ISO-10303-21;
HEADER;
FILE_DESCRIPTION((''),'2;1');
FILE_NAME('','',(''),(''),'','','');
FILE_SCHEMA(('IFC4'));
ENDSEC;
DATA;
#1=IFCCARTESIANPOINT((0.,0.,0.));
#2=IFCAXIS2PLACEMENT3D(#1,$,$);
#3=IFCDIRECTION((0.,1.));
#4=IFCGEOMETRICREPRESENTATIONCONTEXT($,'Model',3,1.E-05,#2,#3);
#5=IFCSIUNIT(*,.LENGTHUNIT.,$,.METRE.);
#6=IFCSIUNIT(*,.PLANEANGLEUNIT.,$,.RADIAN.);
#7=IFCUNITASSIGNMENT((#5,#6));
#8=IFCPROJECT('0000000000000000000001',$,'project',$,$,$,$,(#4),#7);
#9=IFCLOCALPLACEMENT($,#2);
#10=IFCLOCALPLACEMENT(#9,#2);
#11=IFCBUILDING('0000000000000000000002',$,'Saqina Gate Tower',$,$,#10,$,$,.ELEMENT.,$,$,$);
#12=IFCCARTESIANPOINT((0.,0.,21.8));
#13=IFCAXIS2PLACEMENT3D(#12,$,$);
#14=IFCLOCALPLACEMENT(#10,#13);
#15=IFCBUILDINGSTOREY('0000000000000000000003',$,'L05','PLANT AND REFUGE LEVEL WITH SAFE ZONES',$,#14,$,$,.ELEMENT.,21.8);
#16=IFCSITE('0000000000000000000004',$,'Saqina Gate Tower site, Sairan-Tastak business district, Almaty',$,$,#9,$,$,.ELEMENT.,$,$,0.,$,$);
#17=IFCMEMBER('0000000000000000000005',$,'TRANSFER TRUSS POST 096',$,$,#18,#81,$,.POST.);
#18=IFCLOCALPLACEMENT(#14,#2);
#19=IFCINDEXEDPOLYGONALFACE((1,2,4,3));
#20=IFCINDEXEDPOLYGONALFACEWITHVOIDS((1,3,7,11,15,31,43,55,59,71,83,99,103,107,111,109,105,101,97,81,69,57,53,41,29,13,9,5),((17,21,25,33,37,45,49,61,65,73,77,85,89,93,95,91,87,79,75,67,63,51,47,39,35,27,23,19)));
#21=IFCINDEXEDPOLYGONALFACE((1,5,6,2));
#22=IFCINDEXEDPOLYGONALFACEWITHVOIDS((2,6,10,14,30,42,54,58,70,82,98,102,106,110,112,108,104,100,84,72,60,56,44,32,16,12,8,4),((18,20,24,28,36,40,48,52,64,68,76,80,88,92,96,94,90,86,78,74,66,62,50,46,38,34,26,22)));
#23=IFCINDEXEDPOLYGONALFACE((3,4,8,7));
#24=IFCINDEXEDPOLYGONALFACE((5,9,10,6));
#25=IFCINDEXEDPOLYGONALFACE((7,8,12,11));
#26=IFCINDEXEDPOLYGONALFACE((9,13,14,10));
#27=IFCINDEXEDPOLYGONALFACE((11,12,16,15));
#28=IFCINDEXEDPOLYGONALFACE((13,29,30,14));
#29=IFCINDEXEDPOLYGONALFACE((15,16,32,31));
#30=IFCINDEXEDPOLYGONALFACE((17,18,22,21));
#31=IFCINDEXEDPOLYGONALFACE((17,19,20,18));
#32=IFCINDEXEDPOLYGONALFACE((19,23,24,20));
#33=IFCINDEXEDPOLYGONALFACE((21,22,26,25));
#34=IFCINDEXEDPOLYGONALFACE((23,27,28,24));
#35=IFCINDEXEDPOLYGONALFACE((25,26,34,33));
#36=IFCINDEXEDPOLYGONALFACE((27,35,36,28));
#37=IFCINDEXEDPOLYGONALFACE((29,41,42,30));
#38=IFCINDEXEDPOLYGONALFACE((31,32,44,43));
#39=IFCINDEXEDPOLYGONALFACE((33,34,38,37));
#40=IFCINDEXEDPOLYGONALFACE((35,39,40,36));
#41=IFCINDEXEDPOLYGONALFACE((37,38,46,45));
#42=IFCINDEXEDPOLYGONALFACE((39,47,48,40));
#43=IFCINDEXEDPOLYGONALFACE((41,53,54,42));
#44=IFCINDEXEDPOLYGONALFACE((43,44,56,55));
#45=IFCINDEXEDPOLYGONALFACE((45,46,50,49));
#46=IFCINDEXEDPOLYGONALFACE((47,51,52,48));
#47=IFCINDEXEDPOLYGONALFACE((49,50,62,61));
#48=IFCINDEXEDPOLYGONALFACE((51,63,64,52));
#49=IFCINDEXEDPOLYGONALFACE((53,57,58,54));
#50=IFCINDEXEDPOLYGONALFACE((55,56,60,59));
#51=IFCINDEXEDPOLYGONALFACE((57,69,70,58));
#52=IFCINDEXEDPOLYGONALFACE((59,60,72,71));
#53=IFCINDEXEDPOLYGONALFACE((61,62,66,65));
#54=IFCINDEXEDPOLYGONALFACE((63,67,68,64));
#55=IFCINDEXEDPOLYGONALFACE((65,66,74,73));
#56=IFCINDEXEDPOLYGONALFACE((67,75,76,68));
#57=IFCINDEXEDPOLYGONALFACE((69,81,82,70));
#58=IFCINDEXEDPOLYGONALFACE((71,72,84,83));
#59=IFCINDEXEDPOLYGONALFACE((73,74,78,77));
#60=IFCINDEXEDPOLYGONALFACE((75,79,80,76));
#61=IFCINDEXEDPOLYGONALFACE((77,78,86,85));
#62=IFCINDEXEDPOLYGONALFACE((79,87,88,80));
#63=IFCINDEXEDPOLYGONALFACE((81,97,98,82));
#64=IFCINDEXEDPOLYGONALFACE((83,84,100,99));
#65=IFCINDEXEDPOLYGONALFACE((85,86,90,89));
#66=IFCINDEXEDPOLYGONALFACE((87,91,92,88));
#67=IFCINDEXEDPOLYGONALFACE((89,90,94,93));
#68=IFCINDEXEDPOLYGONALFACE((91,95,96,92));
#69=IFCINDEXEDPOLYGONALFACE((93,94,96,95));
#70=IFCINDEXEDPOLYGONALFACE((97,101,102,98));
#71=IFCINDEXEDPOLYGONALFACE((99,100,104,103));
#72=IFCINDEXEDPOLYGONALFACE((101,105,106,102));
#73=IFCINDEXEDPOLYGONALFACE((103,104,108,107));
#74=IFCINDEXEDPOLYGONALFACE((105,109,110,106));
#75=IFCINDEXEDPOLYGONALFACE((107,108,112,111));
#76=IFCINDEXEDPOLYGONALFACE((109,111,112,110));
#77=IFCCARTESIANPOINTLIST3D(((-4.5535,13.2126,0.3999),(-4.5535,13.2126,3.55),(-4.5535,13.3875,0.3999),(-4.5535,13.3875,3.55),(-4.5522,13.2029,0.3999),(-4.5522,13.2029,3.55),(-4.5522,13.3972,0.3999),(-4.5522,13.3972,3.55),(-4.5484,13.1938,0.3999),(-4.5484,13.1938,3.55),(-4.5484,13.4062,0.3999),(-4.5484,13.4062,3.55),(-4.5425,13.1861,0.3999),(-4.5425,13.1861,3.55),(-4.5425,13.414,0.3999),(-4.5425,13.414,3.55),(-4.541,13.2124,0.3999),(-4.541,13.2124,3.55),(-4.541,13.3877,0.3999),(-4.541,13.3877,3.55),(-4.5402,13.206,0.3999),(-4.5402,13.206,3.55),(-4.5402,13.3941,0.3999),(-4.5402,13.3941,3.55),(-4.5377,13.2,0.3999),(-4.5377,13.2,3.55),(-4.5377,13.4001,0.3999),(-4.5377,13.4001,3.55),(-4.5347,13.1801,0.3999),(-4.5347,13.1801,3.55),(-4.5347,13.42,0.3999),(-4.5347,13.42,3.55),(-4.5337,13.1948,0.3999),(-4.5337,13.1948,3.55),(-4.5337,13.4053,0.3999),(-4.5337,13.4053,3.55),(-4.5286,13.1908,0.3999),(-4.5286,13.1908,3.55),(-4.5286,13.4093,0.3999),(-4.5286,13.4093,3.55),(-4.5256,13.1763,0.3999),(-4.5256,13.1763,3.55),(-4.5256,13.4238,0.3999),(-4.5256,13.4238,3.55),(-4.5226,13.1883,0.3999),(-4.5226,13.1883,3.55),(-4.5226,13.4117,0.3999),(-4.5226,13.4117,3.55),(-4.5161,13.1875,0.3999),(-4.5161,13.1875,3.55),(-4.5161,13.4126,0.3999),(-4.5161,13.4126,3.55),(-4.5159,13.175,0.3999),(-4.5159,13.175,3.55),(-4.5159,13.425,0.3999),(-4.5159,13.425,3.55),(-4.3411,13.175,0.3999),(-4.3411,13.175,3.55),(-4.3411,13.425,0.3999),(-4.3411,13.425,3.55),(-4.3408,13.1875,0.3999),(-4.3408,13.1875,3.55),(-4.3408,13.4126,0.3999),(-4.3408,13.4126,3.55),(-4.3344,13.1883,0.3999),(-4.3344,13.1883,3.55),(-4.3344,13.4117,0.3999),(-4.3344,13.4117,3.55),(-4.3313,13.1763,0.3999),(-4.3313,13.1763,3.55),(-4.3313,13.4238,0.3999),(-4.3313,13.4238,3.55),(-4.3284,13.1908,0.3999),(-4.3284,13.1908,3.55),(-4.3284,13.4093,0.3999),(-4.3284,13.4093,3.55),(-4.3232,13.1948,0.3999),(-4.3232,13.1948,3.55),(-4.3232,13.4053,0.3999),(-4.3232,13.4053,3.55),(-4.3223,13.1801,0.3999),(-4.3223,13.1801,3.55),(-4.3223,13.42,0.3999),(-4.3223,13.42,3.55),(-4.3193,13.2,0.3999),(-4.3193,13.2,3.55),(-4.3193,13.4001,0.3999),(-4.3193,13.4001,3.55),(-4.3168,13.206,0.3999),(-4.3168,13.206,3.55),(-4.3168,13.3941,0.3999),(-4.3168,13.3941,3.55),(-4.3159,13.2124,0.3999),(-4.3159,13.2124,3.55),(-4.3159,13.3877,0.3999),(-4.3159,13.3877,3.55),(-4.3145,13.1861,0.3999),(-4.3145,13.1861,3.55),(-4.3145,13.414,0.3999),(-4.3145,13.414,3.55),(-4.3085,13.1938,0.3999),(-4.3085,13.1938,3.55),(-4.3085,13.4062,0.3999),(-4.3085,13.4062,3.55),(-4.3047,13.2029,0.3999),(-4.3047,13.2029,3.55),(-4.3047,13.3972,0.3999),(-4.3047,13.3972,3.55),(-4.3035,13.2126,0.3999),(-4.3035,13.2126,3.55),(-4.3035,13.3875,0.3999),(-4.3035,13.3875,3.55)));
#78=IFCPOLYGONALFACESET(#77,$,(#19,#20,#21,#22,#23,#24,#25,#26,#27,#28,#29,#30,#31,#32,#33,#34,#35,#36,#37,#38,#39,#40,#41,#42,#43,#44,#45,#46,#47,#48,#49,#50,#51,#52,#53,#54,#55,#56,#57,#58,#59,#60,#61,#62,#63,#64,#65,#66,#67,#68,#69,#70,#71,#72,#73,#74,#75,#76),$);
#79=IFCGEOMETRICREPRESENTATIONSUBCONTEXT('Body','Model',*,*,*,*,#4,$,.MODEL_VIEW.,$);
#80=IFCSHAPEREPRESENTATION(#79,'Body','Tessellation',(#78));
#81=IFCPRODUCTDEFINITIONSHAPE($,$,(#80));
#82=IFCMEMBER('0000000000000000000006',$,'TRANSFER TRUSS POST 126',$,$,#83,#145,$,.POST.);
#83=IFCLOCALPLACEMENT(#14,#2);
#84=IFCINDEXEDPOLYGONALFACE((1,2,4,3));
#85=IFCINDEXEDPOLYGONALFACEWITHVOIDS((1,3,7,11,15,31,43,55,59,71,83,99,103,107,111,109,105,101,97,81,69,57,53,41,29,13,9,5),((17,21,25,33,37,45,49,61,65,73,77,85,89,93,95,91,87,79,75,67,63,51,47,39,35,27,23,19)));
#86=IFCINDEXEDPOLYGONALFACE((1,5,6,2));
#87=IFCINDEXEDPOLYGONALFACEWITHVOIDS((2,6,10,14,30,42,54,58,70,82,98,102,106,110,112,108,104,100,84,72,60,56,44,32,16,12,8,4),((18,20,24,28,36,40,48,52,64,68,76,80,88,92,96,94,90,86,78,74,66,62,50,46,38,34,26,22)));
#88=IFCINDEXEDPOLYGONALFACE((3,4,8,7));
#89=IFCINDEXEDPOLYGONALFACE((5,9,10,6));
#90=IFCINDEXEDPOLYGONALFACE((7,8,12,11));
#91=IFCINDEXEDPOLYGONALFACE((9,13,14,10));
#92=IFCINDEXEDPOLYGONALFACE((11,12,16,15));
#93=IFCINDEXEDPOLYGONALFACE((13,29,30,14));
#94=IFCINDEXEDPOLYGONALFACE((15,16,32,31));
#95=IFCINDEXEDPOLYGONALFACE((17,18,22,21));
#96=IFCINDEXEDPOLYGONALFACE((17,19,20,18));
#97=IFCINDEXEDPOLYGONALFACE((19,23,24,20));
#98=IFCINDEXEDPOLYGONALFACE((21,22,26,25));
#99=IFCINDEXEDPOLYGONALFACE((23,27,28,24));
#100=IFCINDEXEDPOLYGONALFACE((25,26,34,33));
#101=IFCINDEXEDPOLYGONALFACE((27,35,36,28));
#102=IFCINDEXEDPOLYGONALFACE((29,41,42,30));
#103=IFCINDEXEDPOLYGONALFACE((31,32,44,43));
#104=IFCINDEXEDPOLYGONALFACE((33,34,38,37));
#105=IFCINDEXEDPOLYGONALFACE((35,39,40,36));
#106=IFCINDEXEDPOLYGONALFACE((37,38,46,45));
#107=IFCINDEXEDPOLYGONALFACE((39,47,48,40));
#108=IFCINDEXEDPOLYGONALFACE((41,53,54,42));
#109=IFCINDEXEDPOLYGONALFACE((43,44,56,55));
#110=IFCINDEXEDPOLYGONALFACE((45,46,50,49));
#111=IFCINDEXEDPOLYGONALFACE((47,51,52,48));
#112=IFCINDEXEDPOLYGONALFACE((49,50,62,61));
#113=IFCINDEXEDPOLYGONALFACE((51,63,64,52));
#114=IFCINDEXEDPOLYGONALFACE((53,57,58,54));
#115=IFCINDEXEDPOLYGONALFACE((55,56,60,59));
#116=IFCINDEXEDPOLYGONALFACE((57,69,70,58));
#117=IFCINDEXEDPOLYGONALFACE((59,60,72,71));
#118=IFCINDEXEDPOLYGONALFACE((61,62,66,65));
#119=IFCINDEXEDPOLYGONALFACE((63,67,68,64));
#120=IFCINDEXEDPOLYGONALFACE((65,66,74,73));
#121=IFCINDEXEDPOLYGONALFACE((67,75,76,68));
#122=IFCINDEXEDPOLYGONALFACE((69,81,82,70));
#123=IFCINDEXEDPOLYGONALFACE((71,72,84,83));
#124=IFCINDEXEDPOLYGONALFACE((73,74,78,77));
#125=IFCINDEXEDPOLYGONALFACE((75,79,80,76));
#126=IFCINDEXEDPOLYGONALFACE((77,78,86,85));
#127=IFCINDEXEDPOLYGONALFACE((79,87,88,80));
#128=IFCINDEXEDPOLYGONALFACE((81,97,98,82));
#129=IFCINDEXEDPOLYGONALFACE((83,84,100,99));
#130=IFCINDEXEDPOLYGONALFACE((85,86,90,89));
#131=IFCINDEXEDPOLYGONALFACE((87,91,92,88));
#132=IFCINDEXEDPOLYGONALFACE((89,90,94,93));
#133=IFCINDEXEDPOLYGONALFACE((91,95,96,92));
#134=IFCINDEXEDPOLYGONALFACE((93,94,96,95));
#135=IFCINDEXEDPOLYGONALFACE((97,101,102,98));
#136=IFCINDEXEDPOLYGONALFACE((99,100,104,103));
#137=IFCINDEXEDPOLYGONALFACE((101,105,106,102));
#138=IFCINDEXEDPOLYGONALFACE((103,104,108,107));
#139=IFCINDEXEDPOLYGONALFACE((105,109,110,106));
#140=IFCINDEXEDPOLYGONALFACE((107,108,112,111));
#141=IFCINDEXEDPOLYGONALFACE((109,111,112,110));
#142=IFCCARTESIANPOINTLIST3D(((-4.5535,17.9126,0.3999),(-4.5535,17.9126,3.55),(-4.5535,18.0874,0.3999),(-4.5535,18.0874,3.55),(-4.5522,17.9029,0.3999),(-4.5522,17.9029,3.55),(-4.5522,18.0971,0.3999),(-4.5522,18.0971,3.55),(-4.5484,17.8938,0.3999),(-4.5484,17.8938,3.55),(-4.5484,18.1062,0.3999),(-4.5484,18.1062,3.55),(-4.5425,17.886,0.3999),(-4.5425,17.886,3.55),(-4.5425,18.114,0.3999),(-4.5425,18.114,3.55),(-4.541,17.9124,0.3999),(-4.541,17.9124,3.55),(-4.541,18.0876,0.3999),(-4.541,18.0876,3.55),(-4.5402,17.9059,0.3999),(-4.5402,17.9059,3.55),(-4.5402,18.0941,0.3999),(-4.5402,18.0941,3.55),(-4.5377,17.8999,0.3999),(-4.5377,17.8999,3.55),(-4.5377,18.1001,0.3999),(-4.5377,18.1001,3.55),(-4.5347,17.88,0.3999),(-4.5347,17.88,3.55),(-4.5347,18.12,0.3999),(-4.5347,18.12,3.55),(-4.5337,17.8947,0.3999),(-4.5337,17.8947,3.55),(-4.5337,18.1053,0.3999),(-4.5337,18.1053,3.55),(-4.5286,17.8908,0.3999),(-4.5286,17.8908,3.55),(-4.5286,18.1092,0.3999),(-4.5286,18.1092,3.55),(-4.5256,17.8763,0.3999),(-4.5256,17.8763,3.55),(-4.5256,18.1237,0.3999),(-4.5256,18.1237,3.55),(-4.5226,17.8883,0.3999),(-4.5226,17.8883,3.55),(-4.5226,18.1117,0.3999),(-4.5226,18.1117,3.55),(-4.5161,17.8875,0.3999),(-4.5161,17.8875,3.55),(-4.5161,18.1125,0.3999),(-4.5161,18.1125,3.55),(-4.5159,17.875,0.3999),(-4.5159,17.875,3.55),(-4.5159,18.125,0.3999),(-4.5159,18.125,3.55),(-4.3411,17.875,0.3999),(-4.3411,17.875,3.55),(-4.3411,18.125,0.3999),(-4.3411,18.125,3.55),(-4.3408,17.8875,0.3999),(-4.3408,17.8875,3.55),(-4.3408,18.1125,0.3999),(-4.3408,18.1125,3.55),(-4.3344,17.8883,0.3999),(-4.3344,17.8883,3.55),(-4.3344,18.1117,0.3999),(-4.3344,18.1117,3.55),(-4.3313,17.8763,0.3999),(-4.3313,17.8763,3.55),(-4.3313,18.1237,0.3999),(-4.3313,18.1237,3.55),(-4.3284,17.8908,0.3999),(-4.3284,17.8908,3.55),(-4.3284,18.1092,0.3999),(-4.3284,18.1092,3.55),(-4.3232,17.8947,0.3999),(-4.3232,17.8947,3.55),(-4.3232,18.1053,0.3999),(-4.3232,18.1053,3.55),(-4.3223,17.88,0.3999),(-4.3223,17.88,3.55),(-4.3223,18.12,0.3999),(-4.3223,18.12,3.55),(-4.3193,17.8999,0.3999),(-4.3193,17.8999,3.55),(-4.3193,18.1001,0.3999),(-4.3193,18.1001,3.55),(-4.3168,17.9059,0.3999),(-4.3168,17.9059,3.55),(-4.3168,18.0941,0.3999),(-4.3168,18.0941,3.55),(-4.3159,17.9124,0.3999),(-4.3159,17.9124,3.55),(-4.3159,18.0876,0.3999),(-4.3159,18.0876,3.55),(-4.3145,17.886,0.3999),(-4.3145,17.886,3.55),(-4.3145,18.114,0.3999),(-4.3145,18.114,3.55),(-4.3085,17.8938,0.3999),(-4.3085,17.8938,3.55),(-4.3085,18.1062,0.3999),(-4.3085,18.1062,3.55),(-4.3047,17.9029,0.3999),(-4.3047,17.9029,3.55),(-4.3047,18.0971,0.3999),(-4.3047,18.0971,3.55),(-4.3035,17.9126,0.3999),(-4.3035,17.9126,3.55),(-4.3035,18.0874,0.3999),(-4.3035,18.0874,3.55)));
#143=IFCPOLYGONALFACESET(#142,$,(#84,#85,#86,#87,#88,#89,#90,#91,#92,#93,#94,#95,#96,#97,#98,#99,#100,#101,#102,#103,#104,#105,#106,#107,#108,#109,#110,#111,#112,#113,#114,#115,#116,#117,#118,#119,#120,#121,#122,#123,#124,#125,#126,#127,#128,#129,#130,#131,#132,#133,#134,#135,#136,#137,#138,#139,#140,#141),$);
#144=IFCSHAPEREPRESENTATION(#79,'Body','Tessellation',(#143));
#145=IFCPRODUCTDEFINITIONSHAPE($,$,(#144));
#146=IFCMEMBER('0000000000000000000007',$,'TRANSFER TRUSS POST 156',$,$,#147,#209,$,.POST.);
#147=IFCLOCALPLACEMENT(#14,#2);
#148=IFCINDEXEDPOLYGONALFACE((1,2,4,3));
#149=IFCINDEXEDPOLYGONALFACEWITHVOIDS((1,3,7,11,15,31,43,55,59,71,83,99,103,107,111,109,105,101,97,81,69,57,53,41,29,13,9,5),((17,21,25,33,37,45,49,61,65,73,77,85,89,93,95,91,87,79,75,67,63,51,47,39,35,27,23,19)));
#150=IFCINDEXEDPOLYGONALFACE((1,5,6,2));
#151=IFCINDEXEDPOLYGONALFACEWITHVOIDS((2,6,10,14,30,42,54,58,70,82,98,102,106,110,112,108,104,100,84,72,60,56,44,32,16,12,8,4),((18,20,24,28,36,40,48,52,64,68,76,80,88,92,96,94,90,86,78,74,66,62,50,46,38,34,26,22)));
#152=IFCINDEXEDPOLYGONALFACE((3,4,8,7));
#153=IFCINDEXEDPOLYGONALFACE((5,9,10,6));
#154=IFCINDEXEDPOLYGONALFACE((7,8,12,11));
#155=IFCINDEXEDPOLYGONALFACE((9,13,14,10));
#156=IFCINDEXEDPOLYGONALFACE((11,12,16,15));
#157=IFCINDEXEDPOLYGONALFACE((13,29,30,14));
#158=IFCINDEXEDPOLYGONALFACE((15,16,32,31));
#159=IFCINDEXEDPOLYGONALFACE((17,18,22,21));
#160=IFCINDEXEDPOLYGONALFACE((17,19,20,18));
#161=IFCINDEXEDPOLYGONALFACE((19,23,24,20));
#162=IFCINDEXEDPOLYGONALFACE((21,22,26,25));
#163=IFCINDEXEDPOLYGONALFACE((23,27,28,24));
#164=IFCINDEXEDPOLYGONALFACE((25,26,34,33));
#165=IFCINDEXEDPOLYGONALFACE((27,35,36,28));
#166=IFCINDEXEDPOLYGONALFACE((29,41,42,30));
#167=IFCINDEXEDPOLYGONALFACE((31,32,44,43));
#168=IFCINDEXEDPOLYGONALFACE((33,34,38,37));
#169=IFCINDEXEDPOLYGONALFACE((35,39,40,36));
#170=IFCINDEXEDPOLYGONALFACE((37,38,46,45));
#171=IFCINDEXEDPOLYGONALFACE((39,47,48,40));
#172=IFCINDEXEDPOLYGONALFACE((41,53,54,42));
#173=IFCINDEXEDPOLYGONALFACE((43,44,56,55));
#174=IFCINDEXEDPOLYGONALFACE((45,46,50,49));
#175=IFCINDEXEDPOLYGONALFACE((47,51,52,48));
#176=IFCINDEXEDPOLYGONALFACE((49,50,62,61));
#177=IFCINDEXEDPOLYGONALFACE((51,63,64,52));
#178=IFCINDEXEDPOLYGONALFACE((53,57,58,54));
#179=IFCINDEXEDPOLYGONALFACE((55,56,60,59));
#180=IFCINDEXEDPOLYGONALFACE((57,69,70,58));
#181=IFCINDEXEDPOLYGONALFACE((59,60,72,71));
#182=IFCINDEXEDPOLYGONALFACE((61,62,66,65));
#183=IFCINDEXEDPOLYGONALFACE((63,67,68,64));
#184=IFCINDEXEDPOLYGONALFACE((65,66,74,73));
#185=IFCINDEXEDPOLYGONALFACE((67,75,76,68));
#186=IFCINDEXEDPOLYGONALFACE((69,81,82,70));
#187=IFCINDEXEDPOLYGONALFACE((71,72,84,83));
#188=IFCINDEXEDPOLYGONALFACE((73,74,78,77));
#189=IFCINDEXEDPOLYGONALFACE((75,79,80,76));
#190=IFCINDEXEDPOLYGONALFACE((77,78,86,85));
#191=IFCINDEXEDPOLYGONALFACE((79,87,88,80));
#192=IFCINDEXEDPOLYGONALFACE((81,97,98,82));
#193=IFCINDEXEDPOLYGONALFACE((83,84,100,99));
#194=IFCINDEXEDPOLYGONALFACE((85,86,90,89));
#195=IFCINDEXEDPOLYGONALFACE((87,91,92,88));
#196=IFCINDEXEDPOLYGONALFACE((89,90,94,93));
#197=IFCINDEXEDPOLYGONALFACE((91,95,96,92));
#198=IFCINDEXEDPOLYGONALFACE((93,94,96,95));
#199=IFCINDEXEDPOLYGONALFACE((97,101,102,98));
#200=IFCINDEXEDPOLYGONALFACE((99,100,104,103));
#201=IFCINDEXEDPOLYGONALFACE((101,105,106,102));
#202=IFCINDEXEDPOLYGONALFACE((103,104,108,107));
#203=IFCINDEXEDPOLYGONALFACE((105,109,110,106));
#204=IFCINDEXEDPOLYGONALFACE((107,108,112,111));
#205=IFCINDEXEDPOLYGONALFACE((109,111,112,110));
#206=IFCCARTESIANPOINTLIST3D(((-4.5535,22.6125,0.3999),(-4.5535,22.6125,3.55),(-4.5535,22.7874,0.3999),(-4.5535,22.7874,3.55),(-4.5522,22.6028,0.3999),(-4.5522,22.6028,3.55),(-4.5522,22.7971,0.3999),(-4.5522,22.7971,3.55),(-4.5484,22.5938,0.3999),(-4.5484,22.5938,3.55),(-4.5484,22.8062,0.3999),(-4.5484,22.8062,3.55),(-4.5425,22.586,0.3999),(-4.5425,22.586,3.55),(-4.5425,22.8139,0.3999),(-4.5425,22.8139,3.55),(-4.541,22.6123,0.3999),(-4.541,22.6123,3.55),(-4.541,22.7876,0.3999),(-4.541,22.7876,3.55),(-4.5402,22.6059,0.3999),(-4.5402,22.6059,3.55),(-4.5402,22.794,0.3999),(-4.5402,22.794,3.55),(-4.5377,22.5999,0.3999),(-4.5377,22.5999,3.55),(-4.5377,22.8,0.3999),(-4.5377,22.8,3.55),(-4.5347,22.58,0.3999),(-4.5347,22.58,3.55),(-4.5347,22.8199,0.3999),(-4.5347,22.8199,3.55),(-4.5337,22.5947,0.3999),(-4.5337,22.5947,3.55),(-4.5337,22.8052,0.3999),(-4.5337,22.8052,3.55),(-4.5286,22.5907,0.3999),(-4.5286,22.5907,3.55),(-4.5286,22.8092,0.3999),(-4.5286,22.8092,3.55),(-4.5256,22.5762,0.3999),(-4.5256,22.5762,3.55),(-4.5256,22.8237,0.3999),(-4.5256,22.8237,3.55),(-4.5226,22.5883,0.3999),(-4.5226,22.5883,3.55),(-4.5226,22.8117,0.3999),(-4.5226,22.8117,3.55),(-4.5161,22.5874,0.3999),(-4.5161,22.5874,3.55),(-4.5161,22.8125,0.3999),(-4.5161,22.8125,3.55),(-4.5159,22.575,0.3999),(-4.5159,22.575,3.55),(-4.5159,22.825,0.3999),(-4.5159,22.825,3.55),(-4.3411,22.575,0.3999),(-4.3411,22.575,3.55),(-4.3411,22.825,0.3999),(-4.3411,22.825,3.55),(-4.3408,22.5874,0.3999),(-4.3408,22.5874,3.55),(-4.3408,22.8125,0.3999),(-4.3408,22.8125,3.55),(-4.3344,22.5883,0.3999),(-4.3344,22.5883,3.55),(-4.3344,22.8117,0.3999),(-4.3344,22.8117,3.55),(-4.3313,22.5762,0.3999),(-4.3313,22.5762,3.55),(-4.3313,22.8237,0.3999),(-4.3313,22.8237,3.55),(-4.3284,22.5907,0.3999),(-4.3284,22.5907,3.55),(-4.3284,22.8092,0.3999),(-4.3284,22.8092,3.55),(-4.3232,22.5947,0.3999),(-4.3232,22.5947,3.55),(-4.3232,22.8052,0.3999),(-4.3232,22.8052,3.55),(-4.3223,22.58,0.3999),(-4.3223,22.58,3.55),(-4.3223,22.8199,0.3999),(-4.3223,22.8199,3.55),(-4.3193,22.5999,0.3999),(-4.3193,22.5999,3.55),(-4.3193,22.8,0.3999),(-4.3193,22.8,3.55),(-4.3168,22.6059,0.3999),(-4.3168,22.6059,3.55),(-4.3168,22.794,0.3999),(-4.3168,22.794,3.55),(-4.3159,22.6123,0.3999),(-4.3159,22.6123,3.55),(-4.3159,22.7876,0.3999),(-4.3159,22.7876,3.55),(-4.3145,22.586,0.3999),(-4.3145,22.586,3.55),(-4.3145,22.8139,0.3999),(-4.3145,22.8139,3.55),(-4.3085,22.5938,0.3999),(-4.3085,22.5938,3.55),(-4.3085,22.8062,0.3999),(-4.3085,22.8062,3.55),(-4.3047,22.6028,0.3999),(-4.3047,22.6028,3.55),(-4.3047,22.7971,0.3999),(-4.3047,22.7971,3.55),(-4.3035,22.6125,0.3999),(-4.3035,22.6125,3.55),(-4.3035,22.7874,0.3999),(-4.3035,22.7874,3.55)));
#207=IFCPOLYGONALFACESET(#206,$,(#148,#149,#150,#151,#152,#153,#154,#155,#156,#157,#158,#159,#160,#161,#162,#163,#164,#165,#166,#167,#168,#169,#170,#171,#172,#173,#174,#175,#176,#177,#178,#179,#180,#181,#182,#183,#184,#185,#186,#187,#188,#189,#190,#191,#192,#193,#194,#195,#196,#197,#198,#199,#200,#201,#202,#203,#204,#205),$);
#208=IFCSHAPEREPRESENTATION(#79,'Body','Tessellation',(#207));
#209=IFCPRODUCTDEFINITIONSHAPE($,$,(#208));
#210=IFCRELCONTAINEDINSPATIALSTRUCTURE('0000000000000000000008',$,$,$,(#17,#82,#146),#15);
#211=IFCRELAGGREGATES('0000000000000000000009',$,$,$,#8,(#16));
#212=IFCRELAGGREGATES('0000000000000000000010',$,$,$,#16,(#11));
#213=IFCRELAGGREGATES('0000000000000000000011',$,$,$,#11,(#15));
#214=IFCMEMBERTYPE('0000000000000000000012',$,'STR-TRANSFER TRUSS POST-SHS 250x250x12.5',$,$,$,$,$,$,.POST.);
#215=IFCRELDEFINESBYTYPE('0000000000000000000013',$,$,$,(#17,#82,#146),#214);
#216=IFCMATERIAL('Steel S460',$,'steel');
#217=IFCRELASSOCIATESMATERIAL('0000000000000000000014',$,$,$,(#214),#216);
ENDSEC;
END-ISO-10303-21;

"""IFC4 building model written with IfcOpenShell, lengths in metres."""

from ifc_helpers import new_model, si_unit, direction, frame, origin, origin_2d, place, context, subcontext, project, spatial, hollow_rectangle, extrude, material, material_profile, profile_set, type_object, element, save


model = new_model("IFC4")

# Units and contexts
model_context = context("Model", 3, precision=1e-05, world=origin(), true_north=direction((0.0, 1.0)))
body_context = subcontext(model_context, "Body", "Model", "MODEL_VIEW")
ifc_project = project(units=[si_unit("LENGTHUNIT", "METRE"), si_unit("PLANEANGLEUNIT", "RADIAN")], contexts=[model_context])

# Site, building, storey
site_placement = place(None, origin())
site = spatial("IfcSite", under=ifc_project, at=site_placement, Name="Saqina Gate Tower site, Sairan-Tastak business district, Almaty", CompositionType="ELEMENT", RefElevation=0.0)
building_placement = place(site_placement, origin())
building = spatial("IfcBuilding", under=site, at=building_placement, Name="Saqina Gate Tower", CompositionType="ELEMENT")
storey_placement = place(building_placement, frame((0.0, 0.0, 21.8)))
storey = spatial("IfcBuildingStorey", under=building, at=storey_placement, Name="L05", Description="PLANT AND REFUGE LEVEL WITH SAFE ZONES", CompositionType="ELEMENT", Elevation=21.8)

# Members
ifc_material_1 = material(Name="Steel S460", Category="steel")
ifc_material_profile_1 = material_profile(ifc_material_1, hollow_rectangle(XDim=0.25, YDim=0.25, WallThickness=0.0125, InnerFilletRadius=0.0249, OuterFilletRadius=0.0376, at=origin_2d()), Name="SHS 250x250x12.5")
ifc_profile_set_1 = profile_set([ifc_material_profile_1], Name="Steel S460")
member_type_1 = type_object("IfcMemberType", Name="STR-TRANSFER TRUSS POST-SHS 250x250x12.5", PredefinedType="POST", material=ifc_profile_set_1)
for number, where, z_axis, x_axis, name in (
    (1, (-4.4285, 13.3, 0.3999), (0.0, 0.0, 1.0), (1.0, 0.0, 0.0), "TRANSFER TRUSS POST 096"),
    (2, (-4.4285, 18.0, 0.3999), (0.0, 0.0, 1.0), (1.0, 0.0, 0.0), "TRANSFER TRUSS POST 126"),
    (3, (-4.4285, 22.7, 0.3999), (0.0, 0.0, 1.0), (1.0, 0.0, 0.0), "TRANSFER TRUSS POST 156"),
):
    element("IfcMember", number, at=place(storey_placement, frame(where, z_axis=z_axis, x_axis=x_axis)), inside=storey, type_object=member_type_1, Name=name, PredefinedType="POST", context=body_context, shape_type="SweptSolid", body=[
        extrude(hollow_rectangle(XDim=0.25, YDim=0.25, WallThickness=0.0125, InnerFilletRadius=0.0249, OuterFilletRadius=0.0376, at=origin_2d()), origin(), (0.0, 0.0, 1.0), 3.1501),
    ])

save(model, "model.ifc")
